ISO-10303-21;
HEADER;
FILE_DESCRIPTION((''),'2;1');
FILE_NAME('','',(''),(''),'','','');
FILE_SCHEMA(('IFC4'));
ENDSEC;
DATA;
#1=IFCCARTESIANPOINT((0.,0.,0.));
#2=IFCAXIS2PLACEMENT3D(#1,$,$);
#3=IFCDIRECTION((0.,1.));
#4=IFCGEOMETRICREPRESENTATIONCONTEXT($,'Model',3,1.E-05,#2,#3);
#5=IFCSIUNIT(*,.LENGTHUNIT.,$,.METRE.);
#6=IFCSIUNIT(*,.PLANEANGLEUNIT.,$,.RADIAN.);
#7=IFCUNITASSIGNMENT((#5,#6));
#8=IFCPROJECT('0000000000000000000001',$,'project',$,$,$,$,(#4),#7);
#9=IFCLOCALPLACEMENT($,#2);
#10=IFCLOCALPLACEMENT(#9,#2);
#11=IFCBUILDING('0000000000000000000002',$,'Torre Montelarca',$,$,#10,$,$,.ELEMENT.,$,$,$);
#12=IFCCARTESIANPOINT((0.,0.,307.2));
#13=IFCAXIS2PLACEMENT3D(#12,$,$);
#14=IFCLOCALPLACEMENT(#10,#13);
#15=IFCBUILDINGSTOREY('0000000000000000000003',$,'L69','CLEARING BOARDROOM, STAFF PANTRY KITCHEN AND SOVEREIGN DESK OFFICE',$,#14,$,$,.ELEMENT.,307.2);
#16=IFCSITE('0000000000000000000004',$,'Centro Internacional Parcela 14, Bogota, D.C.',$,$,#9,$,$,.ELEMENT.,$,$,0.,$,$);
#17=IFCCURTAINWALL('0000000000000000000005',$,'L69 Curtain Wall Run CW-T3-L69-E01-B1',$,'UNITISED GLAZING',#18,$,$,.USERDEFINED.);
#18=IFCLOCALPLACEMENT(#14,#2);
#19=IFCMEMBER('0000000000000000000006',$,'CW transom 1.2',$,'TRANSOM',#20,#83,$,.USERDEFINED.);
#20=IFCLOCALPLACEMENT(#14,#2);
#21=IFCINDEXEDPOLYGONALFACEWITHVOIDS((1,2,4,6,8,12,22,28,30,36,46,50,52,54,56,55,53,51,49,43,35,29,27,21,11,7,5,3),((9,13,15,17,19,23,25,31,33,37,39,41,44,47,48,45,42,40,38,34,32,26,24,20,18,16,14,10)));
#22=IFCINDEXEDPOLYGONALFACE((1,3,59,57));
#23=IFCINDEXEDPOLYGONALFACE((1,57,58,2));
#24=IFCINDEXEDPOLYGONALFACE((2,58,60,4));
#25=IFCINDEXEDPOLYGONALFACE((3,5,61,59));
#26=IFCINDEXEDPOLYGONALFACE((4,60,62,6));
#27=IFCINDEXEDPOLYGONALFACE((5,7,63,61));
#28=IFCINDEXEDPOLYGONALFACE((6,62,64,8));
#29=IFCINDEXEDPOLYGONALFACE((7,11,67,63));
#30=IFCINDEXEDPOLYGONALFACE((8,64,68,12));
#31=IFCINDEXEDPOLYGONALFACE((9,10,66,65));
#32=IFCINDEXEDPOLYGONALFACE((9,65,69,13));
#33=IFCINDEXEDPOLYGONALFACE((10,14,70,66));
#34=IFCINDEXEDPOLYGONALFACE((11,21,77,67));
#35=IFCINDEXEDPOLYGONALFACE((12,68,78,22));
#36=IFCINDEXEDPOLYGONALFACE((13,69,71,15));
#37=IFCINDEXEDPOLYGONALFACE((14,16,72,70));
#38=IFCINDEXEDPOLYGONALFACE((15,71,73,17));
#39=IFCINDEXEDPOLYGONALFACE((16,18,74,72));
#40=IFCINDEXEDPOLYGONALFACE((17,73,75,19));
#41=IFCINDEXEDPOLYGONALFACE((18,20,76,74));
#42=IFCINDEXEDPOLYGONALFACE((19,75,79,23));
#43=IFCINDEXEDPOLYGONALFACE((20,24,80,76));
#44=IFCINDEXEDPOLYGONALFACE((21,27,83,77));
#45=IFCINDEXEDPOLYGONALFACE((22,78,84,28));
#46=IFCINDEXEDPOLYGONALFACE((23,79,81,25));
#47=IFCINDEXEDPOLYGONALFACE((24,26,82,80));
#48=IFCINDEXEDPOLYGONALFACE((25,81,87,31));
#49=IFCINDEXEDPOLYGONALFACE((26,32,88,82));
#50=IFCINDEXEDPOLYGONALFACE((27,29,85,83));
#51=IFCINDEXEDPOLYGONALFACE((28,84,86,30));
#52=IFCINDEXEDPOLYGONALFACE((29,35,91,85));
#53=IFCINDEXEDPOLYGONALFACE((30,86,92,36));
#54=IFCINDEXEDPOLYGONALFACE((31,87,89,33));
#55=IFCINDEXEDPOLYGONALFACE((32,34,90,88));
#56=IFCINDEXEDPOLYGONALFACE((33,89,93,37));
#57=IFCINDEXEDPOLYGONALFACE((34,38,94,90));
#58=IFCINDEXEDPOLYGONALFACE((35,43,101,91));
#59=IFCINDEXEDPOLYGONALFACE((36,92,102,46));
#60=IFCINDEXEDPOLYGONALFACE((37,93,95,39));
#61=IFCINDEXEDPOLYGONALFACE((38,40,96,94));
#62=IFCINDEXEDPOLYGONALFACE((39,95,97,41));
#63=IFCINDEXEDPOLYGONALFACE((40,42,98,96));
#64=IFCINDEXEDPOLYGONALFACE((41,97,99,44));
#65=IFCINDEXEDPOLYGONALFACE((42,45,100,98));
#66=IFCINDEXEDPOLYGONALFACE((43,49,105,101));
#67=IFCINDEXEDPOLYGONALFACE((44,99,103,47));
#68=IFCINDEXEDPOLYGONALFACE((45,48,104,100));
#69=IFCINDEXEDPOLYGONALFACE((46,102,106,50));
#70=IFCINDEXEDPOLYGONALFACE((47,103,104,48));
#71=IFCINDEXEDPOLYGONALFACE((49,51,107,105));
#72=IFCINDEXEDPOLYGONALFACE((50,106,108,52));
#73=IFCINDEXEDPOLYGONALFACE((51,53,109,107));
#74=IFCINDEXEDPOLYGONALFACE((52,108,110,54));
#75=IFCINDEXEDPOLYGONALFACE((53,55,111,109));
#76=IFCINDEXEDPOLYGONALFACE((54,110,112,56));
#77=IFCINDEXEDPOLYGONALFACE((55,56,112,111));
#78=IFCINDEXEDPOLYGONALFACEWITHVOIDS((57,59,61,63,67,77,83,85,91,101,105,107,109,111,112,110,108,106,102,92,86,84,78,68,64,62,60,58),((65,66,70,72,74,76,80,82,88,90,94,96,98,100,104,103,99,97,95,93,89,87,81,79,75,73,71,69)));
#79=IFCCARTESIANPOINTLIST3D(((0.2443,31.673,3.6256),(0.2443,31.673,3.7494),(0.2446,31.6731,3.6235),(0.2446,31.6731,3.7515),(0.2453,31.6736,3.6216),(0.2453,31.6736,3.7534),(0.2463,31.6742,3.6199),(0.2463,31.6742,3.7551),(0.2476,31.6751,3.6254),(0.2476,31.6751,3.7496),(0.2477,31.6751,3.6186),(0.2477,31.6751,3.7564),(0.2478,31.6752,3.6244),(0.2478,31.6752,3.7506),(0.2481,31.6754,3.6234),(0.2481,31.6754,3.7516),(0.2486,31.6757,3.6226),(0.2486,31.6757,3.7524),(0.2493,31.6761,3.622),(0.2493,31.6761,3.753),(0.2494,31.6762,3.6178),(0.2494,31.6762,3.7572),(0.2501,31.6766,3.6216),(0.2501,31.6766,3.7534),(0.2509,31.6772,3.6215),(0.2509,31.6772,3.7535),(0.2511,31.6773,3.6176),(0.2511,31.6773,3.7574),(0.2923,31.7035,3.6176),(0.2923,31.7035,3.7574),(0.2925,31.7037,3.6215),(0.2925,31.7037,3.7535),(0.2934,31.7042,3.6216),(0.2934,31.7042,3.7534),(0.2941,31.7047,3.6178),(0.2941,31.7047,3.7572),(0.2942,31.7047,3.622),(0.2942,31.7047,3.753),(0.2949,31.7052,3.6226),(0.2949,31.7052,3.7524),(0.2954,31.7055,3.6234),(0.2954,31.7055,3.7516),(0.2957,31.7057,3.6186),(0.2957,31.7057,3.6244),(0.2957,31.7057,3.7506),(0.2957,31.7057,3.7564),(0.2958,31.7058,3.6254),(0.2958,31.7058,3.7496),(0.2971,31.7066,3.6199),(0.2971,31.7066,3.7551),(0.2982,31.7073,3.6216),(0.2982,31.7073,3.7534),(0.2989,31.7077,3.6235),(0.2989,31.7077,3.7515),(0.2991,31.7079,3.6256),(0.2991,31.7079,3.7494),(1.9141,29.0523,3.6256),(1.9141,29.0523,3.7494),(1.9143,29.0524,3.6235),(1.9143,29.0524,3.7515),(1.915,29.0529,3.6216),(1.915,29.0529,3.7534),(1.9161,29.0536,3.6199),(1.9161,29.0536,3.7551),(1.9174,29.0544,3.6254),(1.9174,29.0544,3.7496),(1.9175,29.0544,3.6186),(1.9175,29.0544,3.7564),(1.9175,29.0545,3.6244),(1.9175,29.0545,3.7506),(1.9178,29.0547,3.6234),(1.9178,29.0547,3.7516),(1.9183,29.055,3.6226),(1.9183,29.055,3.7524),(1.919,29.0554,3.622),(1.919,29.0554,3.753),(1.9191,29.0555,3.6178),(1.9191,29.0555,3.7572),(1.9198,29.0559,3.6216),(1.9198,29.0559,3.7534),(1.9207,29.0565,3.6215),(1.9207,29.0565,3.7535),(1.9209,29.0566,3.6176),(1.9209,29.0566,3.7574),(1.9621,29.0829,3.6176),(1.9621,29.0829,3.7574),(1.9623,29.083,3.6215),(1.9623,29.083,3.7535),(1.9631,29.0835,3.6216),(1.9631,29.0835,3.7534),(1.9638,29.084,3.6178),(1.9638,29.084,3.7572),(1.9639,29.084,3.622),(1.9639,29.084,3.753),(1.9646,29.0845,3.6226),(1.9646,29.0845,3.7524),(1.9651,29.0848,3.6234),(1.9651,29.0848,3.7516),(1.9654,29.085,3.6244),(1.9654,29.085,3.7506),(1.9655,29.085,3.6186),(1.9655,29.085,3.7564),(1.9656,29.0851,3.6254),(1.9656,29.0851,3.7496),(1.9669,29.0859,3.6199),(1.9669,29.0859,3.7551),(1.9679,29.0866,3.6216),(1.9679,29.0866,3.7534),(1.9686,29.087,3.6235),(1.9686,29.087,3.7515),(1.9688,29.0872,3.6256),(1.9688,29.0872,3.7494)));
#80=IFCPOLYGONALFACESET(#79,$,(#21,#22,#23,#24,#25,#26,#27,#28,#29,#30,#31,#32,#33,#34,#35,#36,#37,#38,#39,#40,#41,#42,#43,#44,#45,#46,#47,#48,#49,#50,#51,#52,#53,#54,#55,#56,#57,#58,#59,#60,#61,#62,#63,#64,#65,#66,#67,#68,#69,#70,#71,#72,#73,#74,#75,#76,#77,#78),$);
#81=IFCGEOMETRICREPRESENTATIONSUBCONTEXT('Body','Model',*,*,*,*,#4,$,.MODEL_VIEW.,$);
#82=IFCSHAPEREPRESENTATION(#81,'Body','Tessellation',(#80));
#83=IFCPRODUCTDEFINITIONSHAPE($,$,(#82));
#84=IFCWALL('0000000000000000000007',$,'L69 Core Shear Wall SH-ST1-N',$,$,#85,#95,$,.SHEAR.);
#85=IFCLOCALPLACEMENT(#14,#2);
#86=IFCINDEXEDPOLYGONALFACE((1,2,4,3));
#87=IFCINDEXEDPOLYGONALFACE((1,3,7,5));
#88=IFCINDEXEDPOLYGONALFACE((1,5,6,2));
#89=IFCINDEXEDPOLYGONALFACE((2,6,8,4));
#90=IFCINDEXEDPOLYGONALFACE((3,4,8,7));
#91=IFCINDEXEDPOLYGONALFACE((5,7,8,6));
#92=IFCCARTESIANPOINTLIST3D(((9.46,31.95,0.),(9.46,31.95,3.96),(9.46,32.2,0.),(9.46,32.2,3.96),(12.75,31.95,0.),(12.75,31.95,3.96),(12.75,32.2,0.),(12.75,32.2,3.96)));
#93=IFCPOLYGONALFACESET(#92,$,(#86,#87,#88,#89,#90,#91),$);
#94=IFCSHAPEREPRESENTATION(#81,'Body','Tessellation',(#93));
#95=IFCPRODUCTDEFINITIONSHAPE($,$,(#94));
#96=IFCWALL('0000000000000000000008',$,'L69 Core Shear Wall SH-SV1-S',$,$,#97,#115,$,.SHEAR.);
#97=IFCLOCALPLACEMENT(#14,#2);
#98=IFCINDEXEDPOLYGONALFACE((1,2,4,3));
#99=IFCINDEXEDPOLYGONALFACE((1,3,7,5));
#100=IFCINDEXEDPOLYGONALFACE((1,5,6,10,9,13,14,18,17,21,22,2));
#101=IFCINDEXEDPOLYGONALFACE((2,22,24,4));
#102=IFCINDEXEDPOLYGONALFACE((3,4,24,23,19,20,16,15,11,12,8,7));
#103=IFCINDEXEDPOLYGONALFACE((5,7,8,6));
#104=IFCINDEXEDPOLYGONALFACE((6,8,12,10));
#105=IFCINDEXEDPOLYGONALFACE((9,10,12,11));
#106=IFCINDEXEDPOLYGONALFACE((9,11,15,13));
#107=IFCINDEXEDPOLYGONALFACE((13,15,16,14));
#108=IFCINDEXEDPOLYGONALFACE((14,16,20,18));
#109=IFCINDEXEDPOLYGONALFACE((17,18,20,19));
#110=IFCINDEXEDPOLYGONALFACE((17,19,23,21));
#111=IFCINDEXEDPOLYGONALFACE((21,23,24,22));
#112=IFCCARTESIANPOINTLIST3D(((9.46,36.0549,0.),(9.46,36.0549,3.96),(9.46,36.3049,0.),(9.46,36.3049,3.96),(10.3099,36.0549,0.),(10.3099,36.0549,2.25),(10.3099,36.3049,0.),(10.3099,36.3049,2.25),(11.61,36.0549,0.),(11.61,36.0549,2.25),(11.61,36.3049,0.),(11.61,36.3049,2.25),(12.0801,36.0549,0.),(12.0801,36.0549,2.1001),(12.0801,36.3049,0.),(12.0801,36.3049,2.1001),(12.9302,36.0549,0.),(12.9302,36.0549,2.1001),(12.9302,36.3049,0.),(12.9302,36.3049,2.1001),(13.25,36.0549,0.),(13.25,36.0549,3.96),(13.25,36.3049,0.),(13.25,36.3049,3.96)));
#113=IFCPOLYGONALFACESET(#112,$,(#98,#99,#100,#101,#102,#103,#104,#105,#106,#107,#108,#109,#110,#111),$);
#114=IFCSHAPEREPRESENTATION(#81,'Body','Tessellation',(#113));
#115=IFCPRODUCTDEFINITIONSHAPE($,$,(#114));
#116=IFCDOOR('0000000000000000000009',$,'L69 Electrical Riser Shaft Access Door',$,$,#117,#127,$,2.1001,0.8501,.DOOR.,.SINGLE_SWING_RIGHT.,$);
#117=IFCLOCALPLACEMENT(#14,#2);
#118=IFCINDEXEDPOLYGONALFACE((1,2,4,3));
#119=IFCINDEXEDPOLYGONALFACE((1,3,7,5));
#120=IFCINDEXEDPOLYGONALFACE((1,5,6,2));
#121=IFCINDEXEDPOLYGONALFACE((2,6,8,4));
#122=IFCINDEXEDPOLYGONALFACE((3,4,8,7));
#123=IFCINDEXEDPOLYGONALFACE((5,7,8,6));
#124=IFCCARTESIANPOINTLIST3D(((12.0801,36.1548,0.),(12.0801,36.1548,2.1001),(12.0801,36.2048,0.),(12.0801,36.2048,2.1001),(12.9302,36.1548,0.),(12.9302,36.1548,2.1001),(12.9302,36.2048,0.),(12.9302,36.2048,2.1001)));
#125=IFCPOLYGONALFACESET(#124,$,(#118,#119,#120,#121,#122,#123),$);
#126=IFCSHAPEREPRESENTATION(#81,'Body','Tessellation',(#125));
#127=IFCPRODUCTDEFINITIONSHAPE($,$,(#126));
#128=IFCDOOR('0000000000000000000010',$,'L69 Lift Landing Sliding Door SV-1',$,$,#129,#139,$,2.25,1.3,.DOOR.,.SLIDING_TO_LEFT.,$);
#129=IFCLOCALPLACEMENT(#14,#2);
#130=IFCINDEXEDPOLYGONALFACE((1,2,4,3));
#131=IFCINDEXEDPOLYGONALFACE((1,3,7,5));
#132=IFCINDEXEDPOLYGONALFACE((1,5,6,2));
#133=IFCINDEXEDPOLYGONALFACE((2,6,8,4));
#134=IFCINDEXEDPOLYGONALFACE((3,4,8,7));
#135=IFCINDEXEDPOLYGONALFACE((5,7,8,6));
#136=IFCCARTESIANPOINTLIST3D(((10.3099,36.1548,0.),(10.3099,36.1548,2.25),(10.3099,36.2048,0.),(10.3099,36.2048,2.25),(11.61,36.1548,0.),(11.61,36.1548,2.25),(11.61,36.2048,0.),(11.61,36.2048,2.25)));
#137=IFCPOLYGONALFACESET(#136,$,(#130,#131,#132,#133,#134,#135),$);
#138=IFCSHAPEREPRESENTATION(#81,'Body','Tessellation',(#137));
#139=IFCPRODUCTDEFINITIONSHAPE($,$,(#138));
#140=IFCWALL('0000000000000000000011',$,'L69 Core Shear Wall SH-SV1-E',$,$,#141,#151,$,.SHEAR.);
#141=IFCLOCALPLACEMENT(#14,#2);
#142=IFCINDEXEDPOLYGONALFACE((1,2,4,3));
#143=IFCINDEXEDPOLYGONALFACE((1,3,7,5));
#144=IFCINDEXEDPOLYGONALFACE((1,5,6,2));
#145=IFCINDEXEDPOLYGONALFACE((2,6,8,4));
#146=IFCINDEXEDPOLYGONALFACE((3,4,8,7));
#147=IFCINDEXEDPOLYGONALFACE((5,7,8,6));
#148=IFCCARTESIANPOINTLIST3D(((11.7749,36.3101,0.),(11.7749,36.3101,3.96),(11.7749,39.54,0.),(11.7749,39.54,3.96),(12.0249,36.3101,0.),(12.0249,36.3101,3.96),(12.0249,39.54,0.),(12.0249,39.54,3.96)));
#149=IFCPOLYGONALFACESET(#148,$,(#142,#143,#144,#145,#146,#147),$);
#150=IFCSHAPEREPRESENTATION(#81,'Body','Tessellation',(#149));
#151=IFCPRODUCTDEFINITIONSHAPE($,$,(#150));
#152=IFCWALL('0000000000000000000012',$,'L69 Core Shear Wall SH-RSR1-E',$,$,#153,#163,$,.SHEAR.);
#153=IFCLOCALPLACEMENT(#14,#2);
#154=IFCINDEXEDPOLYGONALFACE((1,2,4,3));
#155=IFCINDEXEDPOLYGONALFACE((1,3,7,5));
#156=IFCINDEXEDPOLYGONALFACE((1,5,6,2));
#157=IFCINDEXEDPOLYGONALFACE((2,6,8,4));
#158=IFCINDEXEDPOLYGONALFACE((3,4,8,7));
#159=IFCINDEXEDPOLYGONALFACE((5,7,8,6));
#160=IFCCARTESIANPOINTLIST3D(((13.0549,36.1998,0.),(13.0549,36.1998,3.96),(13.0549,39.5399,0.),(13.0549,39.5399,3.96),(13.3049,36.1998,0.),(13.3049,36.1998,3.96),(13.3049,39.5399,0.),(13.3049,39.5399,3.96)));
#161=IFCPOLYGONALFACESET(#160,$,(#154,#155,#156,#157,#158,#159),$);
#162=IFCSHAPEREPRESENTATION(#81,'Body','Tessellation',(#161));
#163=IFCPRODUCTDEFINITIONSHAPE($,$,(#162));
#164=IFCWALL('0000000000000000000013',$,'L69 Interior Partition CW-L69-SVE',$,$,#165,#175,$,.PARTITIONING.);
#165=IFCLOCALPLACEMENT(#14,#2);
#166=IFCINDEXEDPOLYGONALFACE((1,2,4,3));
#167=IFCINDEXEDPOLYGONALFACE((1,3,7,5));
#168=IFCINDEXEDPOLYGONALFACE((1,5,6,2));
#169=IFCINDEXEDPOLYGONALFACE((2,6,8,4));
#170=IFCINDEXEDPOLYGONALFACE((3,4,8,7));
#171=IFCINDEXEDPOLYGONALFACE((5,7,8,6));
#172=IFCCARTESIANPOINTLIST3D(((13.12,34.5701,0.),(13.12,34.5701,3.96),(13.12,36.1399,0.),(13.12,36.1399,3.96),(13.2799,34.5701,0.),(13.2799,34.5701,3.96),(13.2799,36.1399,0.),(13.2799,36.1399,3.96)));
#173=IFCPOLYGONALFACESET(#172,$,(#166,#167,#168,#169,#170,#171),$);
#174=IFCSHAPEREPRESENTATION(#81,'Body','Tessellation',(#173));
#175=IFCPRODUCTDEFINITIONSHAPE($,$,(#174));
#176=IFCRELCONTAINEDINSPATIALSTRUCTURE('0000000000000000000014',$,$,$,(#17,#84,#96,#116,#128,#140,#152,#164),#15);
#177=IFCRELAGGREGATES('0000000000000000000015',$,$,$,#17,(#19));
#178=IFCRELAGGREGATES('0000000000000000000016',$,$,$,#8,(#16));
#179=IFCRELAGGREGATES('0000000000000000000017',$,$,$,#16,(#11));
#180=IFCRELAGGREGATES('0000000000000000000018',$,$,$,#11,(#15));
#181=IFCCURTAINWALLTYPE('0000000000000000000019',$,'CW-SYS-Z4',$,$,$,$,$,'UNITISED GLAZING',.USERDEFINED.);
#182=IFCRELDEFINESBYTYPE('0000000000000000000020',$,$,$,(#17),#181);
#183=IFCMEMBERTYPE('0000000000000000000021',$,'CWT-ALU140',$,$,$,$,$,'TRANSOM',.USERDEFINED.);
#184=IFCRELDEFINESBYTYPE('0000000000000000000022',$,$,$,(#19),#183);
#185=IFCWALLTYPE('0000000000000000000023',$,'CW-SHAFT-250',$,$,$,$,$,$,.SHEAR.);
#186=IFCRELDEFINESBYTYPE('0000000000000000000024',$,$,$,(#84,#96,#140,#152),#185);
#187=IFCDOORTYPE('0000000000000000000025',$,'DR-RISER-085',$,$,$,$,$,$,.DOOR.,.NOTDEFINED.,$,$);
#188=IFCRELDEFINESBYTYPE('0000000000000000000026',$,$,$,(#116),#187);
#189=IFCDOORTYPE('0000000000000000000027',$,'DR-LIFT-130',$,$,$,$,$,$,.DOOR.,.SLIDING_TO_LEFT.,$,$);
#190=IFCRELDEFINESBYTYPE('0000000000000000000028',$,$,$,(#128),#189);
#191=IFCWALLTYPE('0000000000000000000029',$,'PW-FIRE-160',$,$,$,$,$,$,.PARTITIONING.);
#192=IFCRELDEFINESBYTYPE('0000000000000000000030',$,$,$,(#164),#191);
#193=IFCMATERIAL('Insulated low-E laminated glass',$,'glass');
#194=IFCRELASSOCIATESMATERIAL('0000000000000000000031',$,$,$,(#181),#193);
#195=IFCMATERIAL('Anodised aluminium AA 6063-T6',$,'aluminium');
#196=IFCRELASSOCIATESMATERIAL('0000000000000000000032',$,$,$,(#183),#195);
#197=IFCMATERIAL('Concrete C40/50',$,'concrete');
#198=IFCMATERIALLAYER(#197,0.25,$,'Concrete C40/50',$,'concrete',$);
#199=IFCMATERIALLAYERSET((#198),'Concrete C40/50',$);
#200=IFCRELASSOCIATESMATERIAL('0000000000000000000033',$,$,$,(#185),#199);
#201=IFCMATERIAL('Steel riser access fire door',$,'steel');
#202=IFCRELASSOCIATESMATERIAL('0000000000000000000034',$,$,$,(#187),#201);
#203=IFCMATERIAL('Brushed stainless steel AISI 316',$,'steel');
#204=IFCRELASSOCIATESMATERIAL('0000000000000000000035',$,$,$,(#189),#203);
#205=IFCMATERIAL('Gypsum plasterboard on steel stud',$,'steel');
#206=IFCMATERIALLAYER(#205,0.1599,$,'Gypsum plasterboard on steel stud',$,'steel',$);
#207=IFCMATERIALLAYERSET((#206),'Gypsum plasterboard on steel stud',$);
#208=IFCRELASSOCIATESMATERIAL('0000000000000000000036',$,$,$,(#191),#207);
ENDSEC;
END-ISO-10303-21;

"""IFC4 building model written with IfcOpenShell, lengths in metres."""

from ifc_helpers import new_model, si_unit, direction, frame, frame_2d, origin, origin_2d, place, context, subcontext, project, spatial, rectangle, hollow_rectangle, extrude, source, transform, mapped, material, layer, layer_set, material_profile, profile_set, type_object, element, fill, aggregate, save


model = new_model("IFC4")

# Units and contexts
model_context = context("Model", 3, precision=1e-05, world=origin(), true_north=direction((0.0, 1.0)))
body_context = subcontext(model_context, "Body", "Model", "MODEL_VIEW")
ifc_project = project(units=[si_unit("LENGTHUNIT", "METRE"), si_unit("PLANEANGLEUNIT", "RADIAN")], contexts=[model_context])

# Site, building, storey
site_placement = place(None, origin())
site = spatial("IfcSite", under=ifc_project, at=site_placement, Name="Centro Internacional Parcela 14, Bogota, D.C.", CompositionType="ELEMENT", RefElevation=0.0)
building_placement = place(site_placement, origin())
building = spatial("IfcBuilding", under=site, at=building_placement, Name="Torre Montelarca", CompositionType="ELEMENT")
storey_placement = place(building_placement, frame((0.0, 0.0, 307.2)))
storey = spatial("IfcBuildingStorey", under=building, at=storey_placement, Name="L69", Description="CLEARING BOARDROOM, STAFF PANTRY KITCHEN AND SOVEREIGN DESK OFFICE", CompositionType="ELEMENT", Elevation=307.2)

# Shared definitions
ifc_material_1 = material(Name="Concrete C40/50", Category="concrete")

# Curtain wall
ifc_material_2 = material(Name="Insulated low-E laminated glass", Category="glass")
curtain_wall_type = type_object("IfcCurtainWallType", Name="CW-SYS-Z4", ElementType="UNITISED GLAZING", PredefinedType="USERDEFINED", material=ifc_material_2)
curtain_wall_1_placement = place(storey_placement, origin())
curtain_wall_1 = element("IfcCurtainWall", 1, at=curtain_wall_1_placement, inside=storey, type_object=curtain_wall_type, Name="L69 Curtain Wall Run CW-T3-L69-E01-B1", ObjectType="UNITISED GLAZING", PredefinedType="USERDEFINED")
ifc_material_3 = material(Name="Anodised aluminium AA 6063-T6", Category="aluminium")

# Member
ifc_material_profile_1 = material_profile(ifc_material_3, hollow_rectangle(XDim=0.0649, YDim=0.1399, WallThickness=0.0039, InnerFilletRadius=0.0039, OuterFilletRadius=0.0081, at=origin_2d()), Name="ALU65X140X4", Category="aluminium")
ifc_profile_set_1 = profile_set([ifc_material_profile_1], Name="Anodised aluminium AA 6063-T6")
member_type_1 = type_object("IfcMemberType", Name="CWT-ALU140", ElementType="TRANSOM", PredefinedType="USERDEFINED", material=ifc_profile_set_1)
shared_shape_1 = source(origin(), body_context, "Body", "SweptSolid", [
    extrude(hollow_rectangle(XDim=0.0649, YDim=0.1399, WallThickness=0.0039, InnerFilletRadius=0.0039, OuterFilletRadius=0.0081, at=origin_2d()), origin(), (0.0, 0.0, 1.0), 3.1074),
])
member_1_placement = place(storey_placement, frame((0.2717, 31.6904, 3.6875), z_axis=(0.537338, -0.843367, 0.0), x_axis=(0.843367, 0.537338, 0.0)))
member_1 = element("IfcMember", 2, at=member_1_placement, type_object=member_type_1, Name="CW transom 1.2", ObjectType="TRANSOM", PredefinedType="USERDEFINED", context=body_context, shape_type="MappedRepresentation", body=[
    mapped(shared_shape_1, transform((0.0, 0.0, 0.0), scale=1.0)),
])
aggregate(curtain_wall_1, [member_1])

# Wall
ifc_layer_1 = layer(ifc_material_1, 0.25, Name="Concrete C40/50", Category="concrete")
ifc_layer_set_1 = layer_set([ifc_layer_1], Name="Concrete C40/50")
wall_type_1 = type_object("IfcWallType", Name="CW-SHAFT-250", PredefinedType="SHEAR", material=ifc_layer_set_1)
wall_1_placement = place(storey_placement, frame((9.46, 32.075, 0.0), z_axis=(0.0, 0.0, 1.0), x_axis=(1.0, 0.0, 0.0)))
element("IfcWall", 3, at=wall_1_placement, inside=storey, type_object=wall_type_1, Name="L69 Core Shear Wall SH-ST1-N", PredefinedType="SHEAR", context=body_context, shape_type="SweptSolid", body=[
    extrude(rectangle(XDim=3.29, YDim=0.25, at=frame_2d((1.645, 0.0))), origin(), (0.0, 0.0, 1.0), 3.96),
])

# Wall, openings, doors
wall_2_placement = place(storey_placement, frame((9.46, 36.1799, 0.0), z_axis=(0.0, 0.0, 1.0), x_axis=(1.0, 0.0, 0.0)))
wall_2 = element("IfcWall", 4, at=wall_2_placement, inside=storey, type_object=wall_type_1, Name="L69 Core Shear Wall SH-SV1-S", PredefinedType="SHEAR", context=body_context, shape_type="SweptSolid", body=[
    extrude(rectangle(XDim=3.79, YDim=0.25, at=frame_2d((1.895, 0.0))), origin(), (0.0, 0.0, 1.0), 3.96),
])
opening_1_placement = place(wall_2_placement, frame((2.6201, 0.0, 0.0)))
opening_1 = element("IfcOpeningElement", 5, at=opening_1_placement, cuts=wall_2, PredefinedType="OPENING", context=body_context, shape_type="SweptSolid", body=[
    extrude(rectangle(XDim=0.8501, YDim=2.1001, at=frame_2d((0.425, 1.05))), frame((0.0, 0.135, 0.0), z_axis=(0.0, -1.0, 0.0), x_axis=(1.0, 0.0, 0.0)), (0.0, 0.0, 1.0), 0.27),
])
opening_2_placement = place(wall_2_placement, frame((0.8501, 0.0, 0.0)))
opening_2 = element("IfcOpeningElement", 6, at=opening_2_placement, cuts=wall_2, PredefinedType="OPENING", context=body_context, shape_type="SweptSolid", body=[
    extrude(rectangle(XDim=1.3, YDim=2.25, at=frame_2d((0.6499, 1.125))), frame((0.0, 0.135, 0.0), z_axis=(0.0, -1.0, 0.0), x_axis=(1.0, 0.0, 0.0)), (0.0, 0.0, 1.0), 0.27),
])
ifc_material_4 = material(Name="Steel riser access fire door", Category="steel")
door_type_1 = type_object("IfcDoorType", Name="DR-RISER-085", OperationType="NOTDEFINED", PredefinedType="DOOR", material=ifc_material_4)
shared_shape_2 = source(origin(), body_context, "Body", "SweptSolid", [
    extrude(rectangle(XDim=0.8501, YDim=2.1001, at=frame_2d((0.425, 1.05))), frame((0.0, 0.0249, 0.0), z_axis=(0.0, -1.0, 0.0), x_axis=(1.0, 0.0, 0.0)), (0.0, 0.0, 1.0), 0.05),
])
door_1_placement = place(opening_1_placement, origin())
door_1 = element("IfcDoor", 7, at=door_1_placement, inside=storey, type_object=door_type_1, Name="L69 Electrical Riser Shaft Access Door", OperationType="SINGLE_SWING_RIGHT", OverallHeight=2.1001, OverallWidth=0.8501, PredefinedType="DOOR", context=body_context, shape_type="MappedRepresentation", body=[
    mapped(shared_shape_2, transform((0.0, 0.0, 0.0), scale=1.0)),
])
fill(opening_1, door_1)
ifc_material_5 = material(Name="Brushed stainless steel AISI 316", Category="steel")
door_type_2 = type_object("IfcDoorType", Name="DR-LIFT-130", OperationType="SLIDING_TO_LEFT", PredefinedType="DOOR", material=ifc_material_5)
shared_shape_3 = source(origin(), body_context, "Body", "SweptSolid", [
    extrude(rectangle(XDim=1.3, YDim=2.25, at=frame_2d((0.6499, 1.125))), frame((0.0, 0.0249, 0.0), z_axis=(0.0, -1.0, 0.0), x_axis=(1.0, 0.0, 0.0)), (0.0, 0.0, 1.0), 0.05),
])
door_2_placement = place(opening_2_placement, origin())
door_2 = element("IfcDoor", 8, at=door_2_placement, inside=storey, type_object=door_type_2, Name="L69 Lift Landing Sliding Door SV-1", OperationType="SLIDING_TO_LEFT", OverallHeight=2.25, OverallWidth=1.3, PredefinedType="DOOR", context=body_context, shape_type="MappedRepresentation", body=[
    mapped(shared_shape_3, transform((0.0, 0.0, 0.0), scale=1.0)),
])
fill(opening_2, door_2)

# Walls
wall_3_placement = place(storey_placement, frame((11.8999, 36.3101, 0.0), z_axis=(0.0, 0.0, 1.0), x_axis=(0.0, 1.0, 0.0)))
element("IfcWall", 9, at=wall_3_placement, inside=storey, type_object=wall_type_1, Name="L69 Core Shear Wall SH-SV1-E", PredefinedType="SHEAR", context=body_context, shape_type="SweptSolid", body=[
    extrude(rectangle(XDim=3.23, YDim=0.25, at=frame_2d((1.615, 0.0))), origin(), (0.0, 0.0, 1.0), 3.96),
])
wall_4_placement = place(storey_placement, frame((13.1799, 36.2, 0.0), z_axis=(0.0, 0.0, 1.0), x_axis=(0.0, 1.0, 0.0)))
element("IfcWall", 10, at=wall_4_placement, inside=storey, type_object=wall_type_1, Name="L69 Core Shear Wall SH-RSR1-E", PredefinedType="SHEAR", context=body_context, shape_type="SweptSolid", body=[
    extrude(rectangle(XDim=3.3401, YDim=0.25, at=frame_2d((1.6699, 0.0))), origin(), (0.0, 0.0, 1.0), 3.96),
])

# Shared definitions
ifc_material_6 = material(Name="Gypsum plasterboard on steel stud", Category="steel")
ifc_layer_2 = layer(ifc_material_6, 0.1599, Name="Gypsum plasterboard on steel stud", Category="steel")
ifc_layer_set_2 = layer_set([ifc_layer_2], Name="Gypsum plasterboard on steel stud")
wall_type_2 = type_object("IfcWallType", Name="PW-FIRE-160", PredefinedType="PARTITIONING", material=ifc_layer_set_2)

# Wall
wall_5_placement = place(storey_placement, frame((13.2, 34.5701, 0.0), z_axis=(0.0, 0.0, 1.0), x_axis=(0.0, 1.0, 0.0)))
element("IfcWall", 11, at=wall_5_placement, inside=storey, type_object=wall_type_2, Name="L69 Interior Partition CW-L69-SVE", PredefinedType="PARTITIONING", context=body_context, shape_type="SweptSolid", body=[
    extrude(rectangle(XDim=1.5698, YDim=0.1599, at=frame_2d((0.7849, 0.0))), origin(), (0.0, 0.0, 1.0), 3.96),
])

save(model, "model.ifc")
